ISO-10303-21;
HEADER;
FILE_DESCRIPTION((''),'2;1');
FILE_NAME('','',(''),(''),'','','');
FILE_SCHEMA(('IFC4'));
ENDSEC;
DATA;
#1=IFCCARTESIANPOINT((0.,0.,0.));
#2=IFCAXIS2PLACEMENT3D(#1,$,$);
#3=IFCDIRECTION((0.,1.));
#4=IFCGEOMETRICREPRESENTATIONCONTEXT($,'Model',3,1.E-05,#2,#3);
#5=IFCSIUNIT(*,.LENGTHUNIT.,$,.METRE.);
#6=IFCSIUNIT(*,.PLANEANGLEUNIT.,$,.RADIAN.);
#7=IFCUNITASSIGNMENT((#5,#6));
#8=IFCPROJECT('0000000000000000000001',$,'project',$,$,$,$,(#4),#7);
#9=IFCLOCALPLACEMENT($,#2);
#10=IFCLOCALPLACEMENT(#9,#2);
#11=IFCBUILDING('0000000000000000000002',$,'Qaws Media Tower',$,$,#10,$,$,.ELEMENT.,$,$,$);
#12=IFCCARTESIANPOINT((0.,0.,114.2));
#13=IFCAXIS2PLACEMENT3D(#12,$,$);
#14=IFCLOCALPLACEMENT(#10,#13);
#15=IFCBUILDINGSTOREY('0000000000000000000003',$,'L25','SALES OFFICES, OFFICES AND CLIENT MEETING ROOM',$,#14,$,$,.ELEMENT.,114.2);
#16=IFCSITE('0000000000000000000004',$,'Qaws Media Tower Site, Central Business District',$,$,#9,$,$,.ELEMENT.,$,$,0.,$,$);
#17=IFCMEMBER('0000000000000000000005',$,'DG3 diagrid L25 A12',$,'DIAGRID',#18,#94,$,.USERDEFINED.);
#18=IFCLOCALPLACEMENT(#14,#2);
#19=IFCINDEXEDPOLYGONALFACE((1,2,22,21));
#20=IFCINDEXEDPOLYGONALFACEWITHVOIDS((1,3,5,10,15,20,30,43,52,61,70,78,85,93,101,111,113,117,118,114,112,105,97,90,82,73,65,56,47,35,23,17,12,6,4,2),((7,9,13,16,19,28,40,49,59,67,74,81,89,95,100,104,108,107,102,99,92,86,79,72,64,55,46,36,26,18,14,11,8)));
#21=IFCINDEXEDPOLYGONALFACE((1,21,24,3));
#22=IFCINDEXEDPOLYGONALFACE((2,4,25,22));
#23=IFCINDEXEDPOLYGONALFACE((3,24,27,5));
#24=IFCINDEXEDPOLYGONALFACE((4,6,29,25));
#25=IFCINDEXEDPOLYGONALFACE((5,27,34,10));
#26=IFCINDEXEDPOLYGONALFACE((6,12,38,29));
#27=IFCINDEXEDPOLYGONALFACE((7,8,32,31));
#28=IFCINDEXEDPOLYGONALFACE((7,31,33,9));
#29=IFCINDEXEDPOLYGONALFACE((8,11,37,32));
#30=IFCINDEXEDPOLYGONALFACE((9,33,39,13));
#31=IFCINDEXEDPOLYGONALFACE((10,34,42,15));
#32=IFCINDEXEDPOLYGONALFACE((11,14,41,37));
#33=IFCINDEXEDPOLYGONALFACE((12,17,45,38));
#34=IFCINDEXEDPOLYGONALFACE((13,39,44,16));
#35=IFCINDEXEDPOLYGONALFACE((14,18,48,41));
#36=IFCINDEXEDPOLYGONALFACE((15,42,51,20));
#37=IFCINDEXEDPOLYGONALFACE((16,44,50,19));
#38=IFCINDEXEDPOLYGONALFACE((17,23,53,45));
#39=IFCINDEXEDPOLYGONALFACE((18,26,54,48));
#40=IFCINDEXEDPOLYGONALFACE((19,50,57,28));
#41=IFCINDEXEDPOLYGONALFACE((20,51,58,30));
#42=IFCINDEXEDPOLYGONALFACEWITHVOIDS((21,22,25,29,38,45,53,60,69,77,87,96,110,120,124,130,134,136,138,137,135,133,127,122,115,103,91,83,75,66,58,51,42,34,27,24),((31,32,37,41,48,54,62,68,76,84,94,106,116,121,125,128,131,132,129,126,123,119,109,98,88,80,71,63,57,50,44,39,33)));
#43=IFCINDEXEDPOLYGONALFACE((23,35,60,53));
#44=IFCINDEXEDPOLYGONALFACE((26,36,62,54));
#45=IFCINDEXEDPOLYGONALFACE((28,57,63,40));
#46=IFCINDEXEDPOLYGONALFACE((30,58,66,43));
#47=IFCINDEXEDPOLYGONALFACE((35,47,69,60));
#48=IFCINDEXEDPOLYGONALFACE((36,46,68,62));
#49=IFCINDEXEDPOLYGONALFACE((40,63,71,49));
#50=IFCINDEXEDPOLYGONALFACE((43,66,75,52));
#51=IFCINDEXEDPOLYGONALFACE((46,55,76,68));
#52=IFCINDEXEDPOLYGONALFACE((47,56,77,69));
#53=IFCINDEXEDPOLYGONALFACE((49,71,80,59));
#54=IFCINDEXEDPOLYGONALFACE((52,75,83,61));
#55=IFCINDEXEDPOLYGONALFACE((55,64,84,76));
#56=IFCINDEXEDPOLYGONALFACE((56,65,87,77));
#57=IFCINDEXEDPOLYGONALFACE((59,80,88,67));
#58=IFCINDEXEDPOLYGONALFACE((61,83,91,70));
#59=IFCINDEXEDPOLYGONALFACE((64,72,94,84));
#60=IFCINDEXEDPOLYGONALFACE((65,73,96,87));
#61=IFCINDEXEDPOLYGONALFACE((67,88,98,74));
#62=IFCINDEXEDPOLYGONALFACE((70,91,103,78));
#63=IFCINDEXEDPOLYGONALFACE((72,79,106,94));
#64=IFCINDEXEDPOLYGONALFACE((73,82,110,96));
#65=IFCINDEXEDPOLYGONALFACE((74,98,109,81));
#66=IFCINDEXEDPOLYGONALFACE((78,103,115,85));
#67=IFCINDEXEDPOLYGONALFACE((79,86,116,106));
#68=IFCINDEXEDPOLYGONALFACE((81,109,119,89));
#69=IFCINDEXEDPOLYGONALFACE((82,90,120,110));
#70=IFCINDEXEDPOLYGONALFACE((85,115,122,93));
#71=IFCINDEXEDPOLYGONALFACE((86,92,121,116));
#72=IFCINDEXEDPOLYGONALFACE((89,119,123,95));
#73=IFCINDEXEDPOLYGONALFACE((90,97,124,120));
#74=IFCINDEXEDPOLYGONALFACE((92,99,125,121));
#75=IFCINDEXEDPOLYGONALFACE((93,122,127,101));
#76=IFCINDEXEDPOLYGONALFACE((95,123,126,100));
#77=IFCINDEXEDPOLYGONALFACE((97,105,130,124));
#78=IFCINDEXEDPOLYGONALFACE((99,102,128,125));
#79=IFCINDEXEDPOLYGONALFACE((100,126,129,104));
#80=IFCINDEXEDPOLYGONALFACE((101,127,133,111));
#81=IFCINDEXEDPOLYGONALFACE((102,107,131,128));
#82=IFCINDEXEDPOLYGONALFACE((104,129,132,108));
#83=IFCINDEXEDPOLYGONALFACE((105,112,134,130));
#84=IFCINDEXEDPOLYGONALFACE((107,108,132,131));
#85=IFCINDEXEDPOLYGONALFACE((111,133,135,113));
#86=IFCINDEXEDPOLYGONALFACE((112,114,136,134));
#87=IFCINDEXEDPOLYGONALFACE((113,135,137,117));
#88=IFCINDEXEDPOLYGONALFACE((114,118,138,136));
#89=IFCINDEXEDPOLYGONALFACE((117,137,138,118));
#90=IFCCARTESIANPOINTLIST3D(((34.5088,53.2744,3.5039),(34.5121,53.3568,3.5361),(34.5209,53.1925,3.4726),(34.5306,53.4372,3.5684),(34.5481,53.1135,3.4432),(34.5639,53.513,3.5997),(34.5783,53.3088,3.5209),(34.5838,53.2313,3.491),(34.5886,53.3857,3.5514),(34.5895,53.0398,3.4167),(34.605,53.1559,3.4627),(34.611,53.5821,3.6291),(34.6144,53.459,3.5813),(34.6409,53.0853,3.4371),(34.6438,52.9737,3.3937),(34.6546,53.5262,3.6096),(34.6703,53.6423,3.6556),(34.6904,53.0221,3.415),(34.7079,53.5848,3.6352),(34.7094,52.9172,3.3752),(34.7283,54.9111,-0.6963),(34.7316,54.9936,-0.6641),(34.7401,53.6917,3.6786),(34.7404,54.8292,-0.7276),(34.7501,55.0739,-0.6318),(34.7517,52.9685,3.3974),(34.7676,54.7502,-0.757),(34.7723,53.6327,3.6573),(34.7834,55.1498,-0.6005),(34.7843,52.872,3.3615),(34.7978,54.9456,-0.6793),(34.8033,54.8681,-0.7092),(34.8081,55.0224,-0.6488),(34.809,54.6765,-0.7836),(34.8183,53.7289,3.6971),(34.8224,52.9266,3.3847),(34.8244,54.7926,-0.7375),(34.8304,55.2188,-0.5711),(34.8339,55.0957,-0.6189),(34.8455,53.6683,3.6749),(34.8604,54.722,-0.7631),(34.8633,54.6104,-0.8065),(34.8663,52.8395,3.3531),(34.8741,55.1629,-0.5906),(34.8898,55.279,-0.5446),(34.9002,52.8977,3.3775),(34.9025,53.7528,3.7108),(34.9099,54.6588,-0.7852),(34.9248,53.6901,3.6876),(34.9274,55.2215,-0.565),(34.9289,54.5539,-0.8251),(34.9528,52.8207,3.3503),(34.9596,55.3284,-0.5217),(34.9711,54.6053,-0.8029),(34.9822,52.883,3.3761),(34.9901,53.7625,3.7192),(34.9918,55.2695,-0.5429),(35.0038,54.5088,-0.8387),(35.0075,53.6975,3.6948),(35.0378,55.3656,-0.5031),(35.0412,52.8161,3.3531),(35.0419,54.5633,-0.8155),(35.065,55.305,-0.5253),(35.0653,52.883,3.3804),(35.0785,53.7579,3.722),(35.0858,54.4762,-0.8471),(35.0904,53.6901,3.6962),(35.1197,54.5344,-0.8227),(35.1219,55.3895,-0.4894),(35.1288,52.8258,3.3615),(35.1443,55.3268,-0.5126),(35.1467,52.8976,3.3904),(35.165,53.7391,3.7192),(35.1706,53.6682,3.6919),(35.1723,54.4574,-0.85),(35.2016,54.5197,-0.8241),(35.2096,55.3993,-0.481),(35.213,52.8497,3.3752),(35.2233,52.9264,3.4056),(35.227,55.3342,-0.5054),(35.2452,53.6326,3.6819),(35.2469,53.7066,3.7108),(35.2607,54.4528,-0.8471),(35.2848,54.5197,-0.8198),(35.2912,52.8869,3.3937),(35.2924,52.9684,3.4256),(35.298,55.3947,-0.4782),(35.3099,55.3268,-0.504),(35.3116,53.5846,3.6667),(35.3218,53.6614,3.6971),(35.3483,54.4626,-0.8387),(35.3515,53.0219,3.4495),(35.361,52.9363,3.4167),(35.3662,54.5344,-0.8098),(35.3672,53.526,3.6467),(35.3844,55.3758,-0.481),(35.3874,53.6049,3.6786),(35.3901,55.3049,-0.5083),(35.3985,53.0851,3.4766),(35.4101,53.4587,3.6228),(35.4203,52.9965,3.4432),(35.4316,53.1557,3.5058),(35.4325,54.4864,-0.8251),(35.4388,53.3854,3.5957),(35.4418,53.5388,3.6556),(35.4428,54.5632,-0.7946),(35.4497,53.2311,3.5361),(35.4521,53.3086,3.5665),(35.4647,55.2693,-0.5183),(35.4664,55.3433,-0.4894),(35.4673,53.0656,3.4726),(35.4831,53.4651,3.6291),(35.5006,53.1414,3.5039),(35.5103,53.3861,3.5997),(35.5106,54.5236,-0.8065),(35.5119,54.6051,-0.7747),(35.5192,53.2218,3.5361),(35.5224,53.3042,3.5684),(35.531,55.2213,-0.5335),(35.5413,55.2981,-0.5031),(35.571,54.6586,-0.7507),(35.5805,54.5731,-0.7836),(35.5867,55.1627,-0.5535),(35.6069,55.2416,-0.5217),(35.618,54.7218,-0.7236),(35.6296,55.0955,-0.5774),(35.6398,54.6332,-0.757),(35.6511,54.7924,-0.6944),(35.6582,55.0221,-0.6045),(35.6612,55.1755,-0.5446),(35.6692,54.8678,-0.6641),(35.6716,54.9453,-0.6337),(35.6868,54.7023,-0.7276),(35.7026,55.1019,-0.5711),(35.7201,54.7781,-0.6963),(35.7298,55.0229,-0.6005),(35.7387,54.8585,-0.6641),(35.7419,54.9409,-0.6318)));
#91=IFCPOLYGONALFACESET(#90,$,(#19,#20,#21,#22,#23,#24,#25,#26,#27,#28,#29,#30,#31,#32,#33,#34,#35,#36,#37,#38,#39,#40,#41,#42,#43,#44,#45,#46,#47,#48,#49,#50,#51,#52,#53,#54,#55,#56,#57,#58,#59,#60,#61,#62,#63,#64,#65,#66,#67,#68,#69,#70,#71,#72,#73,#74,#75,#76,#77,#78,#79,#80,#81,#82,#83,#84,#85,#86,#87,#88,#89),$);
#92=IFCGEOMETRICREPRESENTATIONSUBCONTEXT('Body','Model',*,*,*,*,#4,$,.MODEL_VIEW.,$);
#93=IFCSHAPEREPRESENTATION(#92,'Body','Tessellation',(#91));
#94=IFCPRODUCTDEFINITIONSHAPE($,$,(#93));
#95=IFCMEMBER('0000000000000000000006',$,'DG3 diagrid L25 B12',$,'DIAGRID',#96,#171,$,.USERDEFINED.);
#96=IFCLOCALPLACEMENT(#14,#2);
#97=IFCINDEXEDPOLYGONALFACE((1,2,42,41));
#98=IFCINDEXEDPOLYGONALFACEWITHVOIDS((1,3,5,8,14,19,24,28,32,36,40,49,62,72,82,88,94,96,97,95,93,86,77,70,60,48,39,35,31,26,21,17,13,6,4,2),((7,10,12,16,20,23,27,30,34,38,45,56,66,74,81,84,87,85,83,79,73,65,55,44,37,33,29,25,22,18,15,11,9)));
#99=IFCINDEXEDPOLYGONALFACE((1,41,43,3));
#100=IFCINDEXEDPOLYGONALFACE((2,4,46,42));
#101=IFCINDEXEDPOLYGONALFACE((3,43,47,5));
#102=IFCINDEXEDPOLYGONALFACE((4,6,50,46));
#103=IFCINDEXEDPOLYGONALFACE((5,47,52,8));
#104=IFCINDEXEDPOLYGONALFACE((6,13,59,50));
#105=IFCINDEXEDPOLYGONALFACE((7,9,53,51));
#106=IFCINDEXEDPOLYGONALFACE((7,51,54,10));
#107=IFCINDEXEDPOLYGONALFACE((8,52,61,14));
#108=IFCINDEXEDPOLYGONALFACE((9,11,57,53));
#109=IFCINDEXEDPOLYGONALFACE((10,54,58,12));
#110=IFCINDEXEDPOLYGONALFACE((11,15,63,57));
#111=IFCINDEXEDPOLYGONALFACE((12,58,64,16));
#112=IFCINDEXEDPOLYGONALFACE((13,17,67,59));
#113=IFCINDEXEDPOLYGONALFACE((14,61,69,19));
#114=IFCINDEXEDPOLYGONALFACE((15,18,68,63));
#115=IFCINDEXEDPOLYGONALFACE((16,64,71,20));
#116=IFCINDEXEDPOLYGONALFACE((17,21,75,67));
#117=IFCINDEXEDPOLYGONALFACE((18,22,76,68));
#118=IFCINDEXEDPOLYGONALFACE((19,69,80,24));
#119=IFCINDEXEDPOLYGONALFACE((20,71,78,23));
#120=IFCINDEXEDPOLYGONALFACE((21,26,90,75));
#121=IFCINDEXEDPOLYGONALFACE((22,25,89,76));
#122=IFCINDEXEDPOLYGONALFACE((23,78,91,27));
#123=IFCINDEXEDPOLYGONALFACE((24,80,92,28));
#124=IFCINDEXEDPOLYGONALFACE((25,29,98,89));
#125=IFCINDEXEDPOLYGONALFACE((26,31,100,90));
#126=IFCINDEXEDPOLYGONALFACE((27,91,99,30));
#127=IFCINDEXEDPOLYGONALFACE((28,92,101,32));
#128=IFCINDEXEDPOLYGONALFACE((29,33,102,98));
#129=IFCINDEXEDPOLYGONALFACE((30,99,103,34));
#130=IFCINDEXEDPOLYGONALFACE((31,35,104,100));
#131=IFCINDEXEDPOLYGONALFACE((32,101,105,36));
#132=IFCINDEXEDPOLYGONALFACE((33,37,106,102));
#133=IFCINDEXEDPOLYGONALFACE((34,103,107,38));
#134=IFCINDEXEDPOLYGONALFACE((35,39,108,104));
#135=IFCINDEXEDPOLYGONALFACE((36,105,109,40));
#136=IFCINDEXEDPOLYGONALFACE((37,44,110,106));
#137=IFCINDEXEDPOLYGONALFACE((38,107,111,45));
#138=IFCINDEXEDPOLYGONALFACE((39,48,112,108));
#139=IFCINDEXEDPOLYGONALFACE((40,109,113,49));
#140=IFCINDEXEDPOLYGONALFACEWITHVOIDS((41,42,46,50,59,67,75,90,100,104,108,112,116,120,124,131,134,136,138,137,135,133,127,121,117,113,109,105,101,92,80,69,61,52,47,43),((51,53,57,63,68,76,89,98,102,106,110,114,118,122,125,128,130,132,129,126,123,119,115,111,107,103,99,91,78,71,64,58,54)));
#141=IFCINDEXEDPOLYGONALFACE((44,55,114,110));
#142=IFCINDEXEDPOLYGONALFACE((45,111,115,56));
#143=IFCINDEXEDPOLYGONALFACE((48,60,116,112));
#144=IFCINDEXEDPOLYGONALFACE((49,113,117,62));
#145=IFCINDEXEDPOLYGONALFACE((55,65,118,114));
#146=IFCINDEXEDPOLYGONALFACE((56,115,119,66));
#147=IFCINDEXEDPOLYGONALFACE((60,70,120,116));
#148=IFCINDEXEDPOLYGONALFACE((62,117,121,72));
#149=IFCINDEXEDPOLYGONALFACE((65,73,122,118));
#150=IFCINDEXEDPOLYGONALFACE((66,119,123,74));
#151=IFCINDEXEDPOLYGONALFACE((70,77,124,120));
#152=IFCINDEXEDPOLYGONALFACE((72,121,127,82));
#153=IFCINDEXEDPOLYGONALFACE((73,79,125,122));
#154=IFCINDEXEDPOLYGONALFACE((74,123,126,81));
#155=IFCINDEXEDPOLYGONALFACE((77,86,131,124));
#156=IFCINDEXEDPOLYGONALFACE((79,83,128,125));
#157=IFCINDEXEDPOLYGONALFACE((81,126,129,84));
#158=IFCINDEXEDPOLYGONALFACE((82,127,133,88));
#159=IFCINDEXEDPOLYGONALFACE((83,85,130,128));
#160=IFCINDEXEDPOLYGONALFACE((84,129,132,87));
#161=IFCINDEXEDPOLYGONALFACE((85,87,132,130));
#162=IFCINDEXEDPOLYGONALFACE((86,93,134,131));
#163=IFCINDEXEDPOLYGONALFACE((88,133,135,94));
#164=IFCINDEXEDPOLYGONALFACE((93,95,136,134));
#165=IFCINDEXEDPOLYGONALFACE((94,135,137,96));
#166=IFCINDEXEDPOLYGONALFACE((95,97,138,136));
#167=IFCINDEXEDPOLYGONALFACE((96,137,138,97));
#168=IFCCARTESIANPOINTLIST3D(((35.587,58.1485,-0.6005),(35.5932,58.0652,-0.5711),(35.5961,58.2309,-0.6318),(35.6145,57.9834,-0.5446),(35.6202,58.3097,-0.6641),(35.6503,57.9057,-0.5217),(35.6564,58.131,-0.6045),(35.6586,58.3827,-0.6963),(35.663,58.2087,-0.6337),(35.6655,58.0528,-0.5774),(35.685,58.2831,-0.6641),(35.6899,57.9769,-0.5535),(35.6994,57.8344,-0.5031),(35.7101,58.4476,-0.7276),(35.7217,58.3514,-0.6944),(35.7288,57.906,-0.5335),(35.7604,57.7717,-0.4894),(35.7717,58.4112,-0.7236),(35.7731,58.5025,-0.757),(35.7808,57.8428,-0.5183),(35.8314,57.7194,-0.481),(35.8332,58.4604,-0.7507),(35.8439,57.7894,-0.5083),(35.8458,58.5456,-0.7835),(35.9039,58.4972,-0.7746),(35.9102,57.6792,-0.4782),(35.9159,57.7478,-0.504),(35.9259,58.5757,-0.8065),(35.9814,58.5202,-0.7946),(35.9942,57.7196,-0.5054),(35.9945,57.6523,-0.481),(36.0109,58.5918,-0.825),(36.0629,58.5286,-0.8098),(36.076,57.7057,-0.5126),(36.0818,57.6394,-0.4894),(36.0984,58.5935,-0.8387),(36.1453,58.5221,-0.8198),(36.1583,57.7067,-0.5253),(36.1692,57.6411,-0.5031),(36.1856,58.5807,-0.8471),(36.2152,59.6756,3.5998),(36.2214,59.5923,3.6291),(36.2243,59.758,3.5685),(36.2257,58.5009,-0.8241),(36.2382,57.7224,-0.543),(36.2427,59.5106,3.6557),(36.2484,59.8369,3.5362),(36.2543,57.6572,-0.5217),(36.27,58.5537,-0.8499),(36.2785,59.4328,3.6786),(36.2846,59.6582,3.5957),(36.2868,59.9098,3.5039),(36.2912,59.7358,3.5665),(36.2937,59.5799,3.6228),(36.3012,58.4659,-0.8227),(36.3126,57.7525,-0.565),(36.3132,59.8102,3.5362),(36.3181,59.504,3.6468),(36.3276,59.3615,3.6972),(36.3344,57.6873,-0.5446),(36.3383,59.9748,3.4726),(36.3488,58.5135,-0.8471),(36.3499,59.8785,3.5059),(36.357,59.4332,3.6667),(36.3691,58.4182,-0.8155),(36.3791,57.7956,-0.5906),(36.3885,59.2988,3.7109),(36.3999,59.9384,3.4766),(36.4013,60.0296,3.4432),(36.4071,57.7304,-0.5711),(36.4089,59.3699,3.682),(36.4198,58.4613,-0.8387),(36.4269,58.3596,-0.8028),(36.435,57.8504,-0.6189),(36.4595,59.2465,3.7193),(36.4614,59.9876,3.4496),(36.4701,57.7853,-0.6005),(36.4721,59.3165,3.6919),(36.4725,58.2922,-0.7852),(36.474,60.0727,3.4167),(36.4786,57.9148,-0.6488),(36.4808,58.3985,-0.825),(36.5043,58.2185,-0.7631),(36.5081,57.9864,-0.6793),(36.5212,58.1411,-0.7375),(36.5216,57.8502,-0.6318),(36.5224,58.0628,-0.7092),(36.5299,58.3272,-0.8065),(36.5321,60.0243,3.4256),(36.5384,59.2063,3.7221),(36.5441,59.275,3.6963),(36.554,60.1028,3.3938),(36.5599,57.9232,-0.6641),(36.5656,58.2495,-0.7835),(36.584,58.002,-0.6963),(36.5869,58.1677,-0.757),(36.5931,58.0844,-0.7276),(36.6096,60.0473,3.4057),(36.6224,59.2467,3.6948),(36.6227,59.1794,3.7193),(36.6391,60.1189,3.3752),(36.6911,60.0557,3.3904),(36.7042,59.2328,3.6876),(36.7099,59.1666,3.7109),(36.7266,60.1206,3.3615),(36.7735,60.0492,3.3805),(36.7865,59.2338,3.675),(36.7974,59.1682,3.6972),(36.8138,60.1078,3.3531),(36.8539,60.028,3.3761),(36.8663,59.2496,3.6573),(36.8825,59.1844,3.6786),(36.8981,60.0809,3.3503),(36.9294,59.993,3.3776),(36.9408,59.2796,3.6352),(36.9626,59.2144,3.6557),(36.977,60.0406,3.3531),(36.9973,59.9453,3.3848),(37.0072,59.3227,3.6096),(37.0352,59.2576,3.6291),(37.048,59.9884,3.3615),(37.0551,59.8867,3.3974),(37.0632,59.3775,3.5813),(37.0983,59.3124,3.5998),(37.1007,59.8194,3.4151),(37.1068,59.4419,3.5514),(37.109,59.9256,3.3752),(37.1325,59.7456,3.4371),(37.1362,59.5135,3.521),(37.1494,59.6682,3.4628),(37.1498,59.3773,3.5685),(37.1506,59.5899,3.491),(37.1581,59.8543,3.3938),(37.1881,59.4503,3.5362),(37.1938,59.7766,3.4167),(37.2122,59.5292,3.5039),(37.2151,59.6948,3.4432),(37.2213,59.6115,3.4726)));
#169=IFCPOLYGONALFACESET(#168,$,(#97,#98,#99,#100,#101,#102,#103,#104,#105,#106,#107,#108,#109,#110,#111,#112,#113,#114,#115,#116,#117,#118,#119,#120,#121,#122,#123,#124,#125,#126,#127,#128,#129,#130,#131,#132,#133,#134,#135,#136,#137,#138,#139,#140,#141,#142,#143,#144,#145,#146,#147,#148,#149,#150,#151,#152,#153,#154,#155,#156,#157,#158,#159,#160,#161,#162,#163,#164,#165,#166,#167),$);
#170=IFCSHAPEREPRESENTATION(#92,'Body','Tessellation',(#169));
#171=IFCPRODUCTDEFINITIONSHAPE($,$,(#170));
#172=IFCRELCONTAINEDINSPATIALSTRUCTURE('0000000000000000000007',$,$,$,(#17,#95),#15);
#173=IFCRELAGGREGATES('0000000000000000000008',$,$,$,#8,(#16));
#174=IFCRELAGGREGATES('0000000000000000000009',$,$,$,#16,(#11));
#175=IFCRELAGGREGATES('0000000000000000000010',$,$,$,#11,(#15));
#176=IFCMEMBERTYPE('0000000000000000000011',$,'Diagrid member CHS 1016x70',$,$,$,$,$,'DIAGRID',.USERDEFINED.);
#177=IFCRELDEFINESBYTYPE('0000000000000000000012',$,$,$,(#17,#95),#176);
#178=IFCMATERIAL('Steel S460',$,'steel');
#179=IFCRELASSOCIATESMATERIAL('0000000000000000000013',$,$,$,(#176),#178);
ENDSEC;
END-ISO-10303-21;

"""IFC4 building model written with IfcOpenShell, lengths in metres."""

from ifc_helpers import new_model, si_unit, direction, frame, origin, origin_2d, place, context, subcontext, project, spatial, hollow_circle, extrude, material, material_profile, profile_set, type_object, element, save


model = new_model("IFC4")

# Units and contexts
model_context = context("Model", 3, precision=1e-05, world=origin(), true_north=direction((0.0, 1.0)))
body_context = subcontext(model_context, "Body", "Model", "MODEL_VIEW")
ifc_project = project(units=[si_unit("LENGTHUNIT", "METRE"), si_unit("PLANEANGLEUNIT", "RADIAN")], contexts=[model_context])

# Site, building, storey
site_placement = place(None, origin())
site = spatial("IfcSite", under=ifc_project, at=site_placement, Name="Qaws Media Tower Site, Central Business District", CompositionType="ELEMENT", RefElevation=0.0)
building_placement = place(site_placement, origin())
building = spatial("IfcBuilding", under=site, at=building_placement, Name="Qaws Media Tower", CompositionType="ELEMENT")
storey_placement = place(building_placement, frame((0.0, 0.0, 114.2)))
storey = spatial("IfcBuildingStorey", under=building, at=storey_placement, Name="L25", Description="SALES OFFICES, OFFICES AND CLIENT MEETING ROOM", CompositionType="ELEMENT", Elevation=114.2)

# Members
ifc_material_1 = material(Name="Steel S460", Category="steel")
ifc_material_profile_1 = material_profile(ifc_material_1, hollow_circle(Radius=0.5081, WallThickness=0.0701, at=origin_2d()), Name="CHS 1016x70")
ifc_profile_set_1 = profile_set([ifc_material_profile_1], Name="Steel S460")
member_type_1 = type_object("IfcMemberType", Name="Diagrid member CHS 1016x70", ElementType="DIAGRID", PredefinedType="USERDEFINED", material=ifc_profile_set_1)
for number, where, z_axis, x_axis, name in (
    (1, (35.2351, 54.926, -0.6641), (-0.048632, -0.362654, 0.930654), (0.991128, -0.132909, 0.0), "DG3 diagrid L25 A12"),
    (2, (36.0901, 58.1165, -0.6641), (0.139188, 0.338369, 0.930663), (-0.924813, 0.380423, 0.0), "DG3 diagrid L25 B12"),
):
    element("IfcMember", number, at=place(storey_placement, frame(where, z_axis=z_axis, x_axis=x_axis)), inside=storey, type_object=member_type_1, Name=name, ObjectType="DIAGRID", PredefinedType="USERDEFINED", context=body_context, shape_type="SweptSolid", body=[
        extrude(hollow_circle(Radius=0.5081, WallThickness=0.0701, at=origin_2d()), origin(), (0.0, 0.0, 1.0), 4.5132),
    ])

save(model, "model.ifc")
